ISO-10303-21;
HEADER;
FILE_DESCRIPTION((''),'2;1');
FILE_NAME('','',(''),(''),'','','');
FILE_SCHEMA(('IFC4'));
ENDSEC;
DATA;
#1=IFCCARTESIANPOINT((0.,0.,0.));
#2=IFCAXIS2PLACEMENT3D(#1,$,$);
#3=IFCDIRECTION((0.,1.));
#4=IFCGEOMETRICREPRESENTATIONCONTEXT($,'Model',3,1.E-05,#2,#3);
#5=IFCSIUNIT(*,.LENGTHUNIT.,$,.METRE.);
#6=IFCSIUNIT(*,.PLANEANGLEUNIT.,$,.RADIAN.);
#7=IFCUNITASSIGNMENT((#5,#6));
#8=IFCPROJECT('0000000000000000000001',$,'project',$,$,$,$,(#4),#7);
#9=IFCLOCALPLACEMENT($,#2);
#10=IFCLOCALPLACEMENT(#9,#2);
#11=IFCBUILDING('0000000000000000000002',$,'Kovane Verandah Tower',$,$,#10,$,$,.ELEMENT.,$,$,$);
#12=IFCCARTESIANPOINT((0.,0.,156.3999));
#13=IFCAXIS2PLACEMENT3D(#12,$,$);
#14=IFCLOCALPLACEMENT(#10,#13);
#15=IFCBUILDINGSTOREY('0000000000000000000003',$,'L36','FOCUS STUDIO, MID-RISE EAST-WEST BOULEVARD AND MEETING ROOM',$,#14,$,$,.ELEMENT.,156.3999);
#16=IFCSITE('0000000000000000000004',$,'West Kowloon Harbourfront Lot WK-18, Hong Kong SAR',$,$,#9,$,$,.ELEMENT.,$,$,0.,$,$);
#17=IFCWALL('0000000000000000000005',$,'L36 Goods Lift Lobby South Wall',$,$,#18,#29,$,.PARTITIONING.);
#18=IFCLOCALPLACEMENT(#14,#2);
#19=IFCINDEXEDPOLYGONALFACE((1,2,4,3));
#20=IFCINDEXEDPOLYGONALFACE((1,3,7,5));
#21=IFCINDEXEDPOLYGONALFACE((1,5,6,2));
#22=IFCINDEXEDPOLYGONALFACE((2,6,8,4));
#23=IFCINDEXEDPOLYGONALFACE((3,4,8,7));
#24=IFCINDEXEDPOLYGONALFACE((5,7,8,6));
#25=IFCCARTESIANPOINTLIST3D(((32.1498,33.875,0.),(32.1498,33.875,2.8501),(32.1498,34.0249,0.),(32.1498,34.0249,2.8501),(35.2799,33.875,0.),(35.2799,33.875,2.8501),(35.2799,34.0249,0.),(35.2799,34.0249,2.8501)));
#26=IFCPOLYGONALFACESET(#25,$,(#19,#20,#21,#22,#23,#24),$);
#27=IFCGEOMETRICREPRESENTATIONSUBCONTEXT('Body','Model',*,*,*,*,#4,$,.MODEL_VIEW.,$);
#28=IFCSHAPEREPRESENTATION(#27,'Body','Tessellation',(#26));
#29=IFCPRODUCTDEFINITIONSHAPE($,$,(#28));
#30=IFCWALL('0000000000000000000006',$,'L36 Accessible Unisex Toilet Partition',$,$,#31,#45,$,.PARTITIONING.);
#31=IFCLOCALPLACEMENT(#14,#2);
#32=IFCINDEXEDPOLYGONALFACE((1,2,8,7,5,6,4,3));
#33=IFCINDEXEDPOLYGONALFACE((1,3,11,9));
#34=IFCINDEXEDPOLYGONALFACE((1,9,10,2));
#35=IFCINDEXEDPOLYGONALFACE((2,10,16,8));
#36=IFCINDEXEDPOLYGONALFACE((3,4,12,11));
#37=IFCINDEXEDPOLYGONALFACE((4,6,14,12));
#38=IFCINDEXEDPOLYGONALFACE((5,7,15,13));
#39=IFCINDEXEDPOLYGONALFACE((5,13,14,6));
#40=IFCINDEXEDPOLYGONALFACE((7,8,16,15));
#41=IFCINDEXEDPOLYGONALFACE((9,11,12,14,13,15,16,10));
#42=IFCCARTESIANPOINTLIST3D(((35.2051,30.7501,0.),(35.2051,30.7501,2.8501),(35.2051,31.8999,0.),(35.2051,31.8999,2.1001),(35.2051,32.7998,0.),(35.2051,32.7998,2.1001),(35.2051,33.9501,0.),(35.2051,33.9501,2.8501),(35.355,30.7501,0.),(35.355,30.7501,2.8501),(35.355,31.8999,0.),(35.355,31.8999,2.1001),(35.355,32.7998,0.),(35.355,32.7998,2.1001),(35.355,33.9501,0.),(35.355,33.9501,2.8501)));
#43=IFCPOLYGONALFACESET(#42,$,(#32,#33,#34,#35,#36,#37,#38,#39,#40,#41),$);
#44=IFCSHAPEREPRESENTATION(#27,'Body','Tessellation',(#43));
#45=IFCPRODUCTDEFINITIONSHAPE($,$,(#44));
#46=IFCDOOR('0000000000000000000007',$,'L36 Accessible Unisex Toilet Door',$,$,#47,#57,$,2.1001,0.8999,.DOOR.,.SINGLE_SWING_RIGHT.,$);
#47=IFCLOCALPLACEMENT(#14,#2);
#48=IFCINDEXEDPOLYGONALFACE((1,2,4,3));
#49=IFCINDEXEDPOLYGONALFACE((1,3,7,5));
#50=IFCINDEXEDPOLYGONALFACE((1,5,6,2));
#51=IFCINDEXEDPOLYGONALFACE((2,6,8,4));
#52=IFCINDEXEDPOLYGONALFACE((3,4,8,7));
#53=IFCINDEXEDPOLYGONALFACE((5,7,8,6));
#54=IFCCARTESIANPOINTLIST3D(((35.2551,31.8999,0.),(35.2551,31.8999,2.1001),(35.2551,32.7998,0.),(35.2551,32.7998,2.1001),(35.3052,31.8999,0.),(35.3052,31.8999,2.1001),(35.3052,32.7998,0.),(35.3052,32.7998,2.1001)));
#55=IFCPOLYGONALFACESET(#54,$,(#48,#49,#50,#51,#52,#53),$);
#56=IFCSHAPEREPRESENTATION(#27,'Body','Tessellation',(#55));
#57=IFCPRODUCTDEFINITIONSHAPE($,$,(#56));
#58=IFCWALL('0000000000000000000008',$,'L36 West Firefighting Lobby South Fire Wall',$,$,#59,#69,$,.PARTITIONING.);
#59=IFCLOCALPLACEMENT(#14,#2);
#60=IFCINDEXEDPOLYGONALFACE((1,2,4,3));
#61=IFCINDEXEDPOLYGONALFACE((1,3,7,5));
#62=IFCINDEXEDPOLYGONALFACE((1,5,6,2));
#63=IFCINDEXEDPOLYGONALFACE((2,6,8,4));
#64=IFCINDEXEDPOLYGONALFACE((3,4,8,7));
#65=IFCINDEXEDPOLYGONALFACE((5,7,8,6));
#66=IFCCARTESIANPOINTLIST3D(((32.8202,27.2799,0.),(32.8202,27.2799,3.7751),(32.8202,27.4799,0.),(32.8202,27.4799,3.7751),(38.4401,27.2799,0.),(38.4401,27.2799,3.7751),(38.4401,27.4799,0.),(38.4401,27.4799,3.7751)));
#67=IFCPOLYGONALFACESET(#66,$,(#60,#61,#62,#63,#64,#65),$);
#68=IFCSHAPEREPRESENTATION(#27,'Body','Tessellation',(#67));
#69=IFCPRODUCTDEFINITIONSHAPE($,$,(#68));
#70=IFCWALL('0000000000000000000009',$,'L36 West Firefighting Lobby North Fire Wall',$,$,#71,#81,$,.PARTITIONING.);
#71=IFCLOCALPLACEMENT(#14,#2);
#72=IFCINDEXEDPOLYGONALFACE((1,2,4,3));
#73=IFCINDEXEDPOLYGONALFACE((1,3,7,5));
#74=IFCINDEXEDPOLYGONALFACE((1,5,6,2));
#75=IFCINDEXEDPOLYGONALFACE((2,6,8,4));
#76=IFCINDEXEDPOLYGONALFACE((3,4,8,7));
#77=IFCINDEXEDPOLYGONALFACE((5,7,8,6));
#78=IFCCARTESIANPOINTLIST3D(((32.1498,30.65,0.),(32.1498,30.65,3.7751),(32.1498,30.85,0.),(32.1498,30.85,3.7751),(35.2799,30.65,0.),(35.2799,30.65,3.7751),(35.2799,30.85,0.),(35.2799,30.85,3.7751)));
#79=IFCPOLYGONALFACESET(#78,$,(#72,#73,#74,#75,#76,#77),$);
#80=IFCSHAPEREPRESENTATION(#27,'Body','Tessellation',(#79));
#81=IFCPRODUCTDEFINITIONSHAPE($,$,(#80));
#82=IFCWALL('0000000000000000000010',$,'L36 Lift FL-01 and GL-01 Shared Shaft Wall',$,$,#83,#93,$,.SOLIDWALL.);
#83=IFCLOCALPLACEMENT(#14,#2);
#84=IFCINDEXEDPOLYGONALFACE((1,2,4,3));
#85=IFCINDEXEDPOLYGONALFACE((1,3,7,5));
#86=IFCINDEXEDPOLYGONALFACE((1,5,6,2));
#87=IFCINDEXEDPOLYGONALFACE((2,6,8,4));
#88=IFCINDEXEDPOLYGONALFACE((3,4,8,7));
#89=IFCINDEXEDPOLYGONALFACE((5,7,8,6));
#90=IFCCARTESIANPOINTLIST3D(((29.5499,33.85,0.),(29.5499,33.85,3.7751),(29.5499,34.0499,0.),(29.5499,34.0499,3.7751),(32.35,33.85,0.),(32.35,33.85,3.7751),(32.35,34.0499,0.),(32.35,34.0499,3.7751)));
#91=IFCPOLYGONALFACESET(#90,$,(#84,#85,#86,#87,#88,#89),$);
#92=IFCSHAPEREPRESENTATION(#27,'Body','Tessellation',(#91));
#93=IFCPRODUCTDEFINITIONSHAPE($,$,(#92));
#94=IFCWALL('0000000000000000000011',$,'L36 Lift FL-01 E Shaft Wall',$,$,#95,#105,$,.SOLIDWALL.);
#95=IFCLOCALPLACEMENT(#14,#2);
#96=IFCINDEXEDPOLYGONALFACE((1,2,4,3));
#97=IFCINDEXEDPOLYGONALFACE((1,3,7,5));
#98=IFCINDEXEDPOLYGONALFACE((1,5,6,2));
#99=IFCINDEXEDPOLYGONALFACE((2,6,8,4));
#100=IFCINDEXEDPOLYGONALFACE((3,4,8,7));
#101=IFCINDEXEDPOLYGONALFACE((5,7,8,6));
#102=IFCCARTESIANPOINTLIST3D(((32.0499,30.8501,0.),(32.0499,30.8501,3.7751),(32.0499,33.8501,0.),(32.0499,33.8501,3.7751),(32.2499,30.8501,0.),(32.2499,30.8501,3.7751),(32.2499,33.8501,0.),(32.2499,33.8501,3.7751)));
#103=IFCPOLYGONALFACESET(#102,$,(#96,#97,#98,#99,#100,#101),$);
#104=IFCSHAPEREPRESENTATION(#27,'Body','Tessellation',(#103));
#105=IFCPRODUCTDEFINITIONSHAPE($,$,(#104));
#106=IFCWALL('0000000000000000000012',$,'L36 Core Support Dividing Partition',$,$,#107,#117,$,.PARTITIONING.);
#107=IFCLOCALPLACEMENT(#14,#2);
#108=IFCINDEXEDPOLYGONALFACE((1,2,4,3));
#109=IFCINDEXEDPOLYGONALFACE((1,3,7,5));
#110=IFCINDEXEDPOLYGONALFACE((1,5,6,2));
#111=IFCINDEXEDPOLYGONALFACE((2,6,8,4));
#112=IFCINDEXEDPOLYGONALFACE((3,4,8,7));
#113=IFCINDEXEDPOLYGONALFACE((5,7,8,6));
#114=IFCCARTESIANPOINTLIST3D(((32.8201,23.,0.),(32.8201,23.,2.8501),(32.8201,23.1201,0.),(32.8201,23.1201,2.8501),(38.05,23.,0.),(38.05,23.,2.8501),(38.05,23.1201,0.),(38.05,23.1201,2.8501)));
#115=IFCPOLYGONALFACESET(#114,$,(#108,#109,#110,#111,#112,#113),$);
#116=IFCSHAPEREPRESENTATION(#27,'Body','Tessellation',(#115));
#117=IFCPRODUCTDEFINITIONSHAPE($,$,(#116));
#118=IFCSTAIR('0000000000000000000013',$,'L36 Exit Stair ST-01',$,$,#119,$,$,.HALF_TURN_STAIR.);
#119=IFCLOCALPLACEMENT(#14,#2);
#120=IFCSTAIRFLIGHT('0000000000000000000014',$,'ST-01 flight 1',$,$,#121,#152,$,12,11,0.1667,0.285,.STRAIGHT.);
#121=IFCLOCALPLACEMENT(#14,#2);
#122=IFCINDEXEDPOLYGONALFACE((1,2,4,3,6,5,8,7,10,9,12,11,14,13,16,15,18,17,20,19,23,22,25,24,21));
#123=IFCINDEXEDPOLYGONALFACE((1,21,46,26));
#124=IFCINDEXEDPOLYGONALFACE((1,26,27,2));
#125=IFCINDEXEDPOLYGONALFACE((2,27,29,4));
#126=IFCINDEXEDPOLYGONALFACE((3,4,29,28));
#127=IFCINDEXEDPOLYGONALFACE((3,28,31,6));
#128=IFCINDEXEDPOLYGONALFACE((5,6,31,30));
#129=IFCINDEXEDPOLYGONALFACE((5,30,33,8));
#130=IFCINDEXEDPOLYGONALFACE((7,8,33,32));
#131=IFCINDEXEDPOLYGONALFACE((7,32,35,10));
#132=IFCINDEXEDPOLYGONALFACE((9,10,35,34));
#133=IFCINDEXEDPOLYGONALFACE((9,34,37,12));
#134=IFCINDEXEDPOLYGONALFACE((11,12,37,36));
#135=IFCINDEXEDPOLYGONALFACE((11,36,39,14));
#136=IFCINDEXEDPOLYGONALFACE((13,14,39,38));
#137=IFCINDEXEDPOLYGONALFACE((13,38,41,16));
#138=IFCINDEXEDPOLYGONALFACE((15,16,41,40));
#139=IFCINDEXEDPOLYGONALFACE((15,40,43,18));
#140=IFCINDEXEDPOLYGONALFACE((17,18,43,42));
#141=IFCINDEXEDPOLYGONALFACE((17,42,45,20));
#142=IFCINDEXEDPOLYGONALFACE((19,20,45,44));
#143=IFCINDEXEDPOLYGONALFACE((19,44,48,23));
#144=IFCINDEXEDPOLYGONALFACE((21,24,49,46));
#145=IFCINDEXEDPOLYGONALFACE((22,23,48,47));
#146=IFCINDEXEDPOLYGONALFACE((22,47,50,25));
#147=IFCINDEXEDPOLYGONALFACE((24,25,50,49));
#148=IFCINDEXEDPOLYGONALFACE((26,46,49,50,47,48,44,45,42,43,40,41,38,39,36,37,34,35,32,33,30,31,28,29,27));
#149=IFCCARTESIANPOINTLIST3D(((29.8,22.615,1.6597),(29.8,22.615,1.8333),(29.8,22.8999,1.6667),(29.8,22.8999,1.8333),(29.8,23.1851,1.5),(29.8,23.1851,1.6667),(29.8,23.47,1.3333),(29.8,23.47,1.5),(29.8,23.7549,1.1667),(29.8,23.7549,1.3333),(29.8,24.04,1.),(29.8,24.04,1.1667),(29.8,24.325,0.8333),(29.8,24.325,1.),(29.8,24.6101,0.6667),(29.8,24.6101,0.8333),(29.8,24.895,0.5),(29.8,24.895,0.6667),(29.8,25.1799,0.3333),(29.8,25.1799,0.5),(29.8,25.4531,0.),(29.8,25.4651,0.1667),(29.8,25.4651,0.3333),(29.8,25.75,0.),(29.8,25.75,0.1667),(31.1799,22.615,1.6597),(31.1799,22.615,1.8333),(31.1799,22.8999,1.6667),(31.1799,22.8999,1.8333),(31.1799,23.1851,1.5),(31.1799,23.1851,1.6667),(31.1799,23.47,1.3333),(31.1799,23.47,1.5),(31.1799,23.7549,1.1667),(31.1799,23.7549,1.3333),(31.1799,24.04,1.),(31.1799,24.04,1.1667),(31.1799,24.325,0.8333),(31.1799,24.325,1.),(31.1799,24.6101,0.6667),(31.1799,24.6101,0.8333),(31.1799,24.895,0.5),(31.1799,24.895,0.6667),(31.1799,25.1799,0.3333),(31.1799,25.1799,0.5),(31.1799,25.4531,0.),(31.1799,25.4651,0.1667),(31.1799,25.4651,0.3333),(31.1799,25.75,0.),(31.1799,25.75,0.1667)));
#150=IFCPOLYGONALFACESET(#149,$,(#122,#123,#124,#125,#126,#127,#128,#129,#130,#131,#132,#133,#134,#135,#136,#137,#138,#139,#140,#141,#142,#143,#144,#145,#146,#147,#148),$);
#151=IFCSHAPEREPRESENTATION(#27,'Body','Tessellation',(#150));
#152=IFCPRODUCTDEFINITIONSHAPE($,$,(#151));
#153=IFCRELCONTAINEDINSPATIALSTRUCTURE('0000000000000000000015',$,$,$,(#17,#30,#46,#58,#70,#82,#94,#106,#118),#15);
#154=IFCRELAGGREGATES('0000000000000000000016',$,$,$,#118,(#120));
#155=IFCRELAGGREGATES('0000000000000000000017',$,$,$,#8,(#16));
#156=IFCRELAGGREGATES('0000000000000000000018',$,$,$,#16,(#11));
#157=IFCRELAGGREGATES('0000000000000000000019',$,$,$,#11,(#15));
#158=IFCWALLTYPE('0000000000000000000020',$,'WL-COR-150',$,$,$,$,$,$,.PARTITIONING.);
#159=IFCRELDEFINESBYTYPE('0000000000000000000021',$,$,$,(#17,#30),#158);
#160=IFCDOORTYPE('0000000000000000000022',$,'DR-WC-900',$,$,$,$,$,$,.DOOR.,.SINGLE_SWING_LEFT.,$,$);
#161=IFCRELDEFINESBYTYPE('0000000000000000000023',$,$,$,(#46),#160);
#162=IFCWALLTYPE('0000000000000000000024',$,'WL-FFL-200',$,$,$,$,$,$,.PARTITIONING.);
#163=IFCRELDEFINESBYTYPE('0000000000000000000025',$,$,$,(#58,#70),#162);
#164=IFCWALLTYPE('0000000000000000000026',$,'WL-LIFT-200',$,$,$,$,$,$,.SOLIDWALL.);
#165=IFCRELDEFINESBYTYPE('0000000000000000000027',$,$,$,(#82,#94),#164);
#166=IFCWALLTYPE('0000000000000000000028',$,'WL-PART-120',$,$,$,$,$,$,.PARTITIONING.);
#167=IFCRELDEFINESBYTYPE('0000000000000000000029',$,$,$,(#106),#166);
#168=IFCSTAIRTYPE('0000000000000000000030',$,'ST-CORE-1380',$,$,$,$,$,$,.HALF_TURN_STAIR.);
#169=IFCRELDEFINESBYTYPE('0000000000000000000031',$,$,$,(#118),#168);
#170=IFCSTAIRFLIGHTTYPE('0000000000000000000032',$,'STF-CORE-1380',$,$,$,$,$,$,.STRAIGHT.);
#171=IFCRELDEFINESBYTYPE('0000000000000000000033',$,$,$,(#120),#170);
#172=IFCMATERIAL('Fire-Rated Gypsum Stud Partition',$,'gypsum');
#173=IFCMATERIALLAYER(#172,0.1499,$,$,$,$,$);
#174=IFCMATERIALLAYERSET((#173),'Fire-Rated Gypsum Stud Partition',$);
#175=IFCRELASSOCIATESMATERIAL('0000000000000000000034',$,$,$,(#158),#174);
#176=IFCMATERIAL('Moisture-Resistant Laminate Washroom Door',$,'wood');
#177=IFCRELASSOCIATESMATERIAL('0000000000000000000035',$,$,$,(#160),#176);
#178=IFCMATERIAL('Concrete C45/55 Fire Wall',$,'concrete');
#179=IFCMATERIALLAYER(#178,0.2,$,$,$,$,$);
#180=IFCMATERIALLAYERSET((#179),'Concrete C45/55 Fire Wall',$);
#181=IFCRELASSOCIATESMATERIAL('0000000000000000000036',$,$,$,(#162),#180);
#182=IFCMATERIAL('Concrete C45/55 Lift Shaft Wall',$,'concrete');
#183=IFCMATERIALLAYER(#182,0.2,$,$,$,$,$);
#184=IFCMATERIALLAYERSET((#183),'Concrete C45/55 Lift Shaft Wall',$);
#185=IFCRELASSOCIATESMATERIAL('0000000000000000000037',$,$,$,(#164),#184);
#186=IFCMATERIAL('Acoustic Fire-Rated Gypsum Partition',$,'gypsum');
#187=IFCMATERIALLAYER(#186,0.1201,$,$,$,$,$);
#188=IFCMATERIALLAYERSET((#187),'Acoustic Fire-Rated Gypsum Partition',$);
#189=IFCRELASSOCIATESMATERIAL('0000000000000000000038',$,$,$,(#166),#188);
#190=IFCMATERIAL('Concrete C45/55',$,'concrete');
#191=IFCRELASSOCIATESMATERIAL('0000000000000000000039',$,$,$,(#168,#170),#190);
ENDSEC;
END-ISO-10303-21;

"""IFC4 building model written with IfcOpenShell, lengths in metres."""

from ifc_helpers import new_model, si_unit, direction, frame, frame_2d, origin, place, context, subcontext, project, spatial, polyline, rectangle, outline, extrude, material, layer, layer_set, type_object, element, fill, aggregate, save


model = new_model("IFC4")

# Units and contexts
model_context = context("Model", 3, precision=1e-05, world=origin(), true_north=direction((0.0, 1.0)))
body_context = subcontext(model_context, "Body", "Model", "MODEL_VIEW")
ifc_project = project(units=[si_unit("LENGTHUNIT", "METRE"), si_unit("PLANEANGLEUNIT", "RADIAN")], contexts=[model_context])

# Site, building, storey
site_placement = place(None, origin())
site = spatial("IfcSite", under=ifc_project, at=site_placement, Name="West Kowloon Harbourfront Lot WK-18, Hong Kong SAR", CompositionType="ELEMENT", RefElevation=0.0)
building_placement = place(site_placement, origin())
building = spatial("IfcBuilding", under=site, at=building_placement, Name="Kovane Verandah Tower", CompositionType="ELEMENT")
storey_placement = place(building_placement, frame((0.0, 0.0, 156.3999)))
storey = spatial("IfcBuildingStorey", under=building, at=storey_placement, Name="L36", Description="FOCUS STUDIO, MID-RISE EAST-WEST BOULEVARD AND MEETING ROOM", CompositionType="ELEMENT", Elevation=156.3999)

# Wall
ifc_material_1 = material(Name="Fire-Rated Gypsum Stud Partition", Category="gypsum")
ifc_layer_1 = layer(ifc_material_1, 0.1499)
ifc_layer_set_1 = layer_set([ifc_layer_1], Name="Fire-Rated Gypsum Stud Partition")
wall_type_1 = type_object("IfcWallType", Name="WL-COR-150", PredefinedType="PARTITIONING", material=ifc_layer_set_1)
wall_1_placement = place(storey_placement, frame((32.1499, 33.95, 0.0), z_axis=(0.0, 0.0, 1.0), x_axis=(1.0, 0.0, 0.0)))
element("IfcWall", 1, at=wall_1_placement, inside=storey, type_object=wall_type_1, Name="L36 Goods Lift Lobby South Wall", PredefinedType="PARTITIONING", context=body_context, shape_type="SweptSolid", body=[
    extrude(rectangle(XDim=3.1301, YDim=0.1499, at=frame_2d((1.5649, 0.0))), origin(), (0.0, 0.0, 1.0), 2.8501),
])

# Wall, opening, door
wall_2_placement = place(storey_placement, frame((35.28, 30.75, 0.0), z_axis=(0.0, 0.0, 1.0), x_axis=(0.0, 1.0, 0.0)))
wall_2 = element("IfcWall", 2, at=wall_2_placement, inside=storey, type_object=wall_type_1, Name="L36 Accessible Unisex Toilet Partition", PredefinedType="PARTITIONING", context=body_context, shape_type="SweptSolid", body=[
    extrude(rectangle(XDim=3.2, YDim=0.1499, at=frame_2d((1.6001, 0.0))), origin(), (0.0, 0.0, 1.0), 2.8501),
])
opening_1_placement = place(wall_2_placement, frame((1.1499, 0.0, 0.0)))
opening_1 = element("IfcOpeningElement", 3, at=opening_1_placement, cuts=wall_2, PredefinedType="OPENING", context=body_context, shape_type="SweptSolid", body=[
    extrude(rectangle(XDim=0.8999, YDim=2.1001, at=frame_2d((0.45, 1.05))), frame((0.0, 0.075, 0.0), z_axis=(0.0, -1.0, 0.0), x_axis=(1.0, 0.0, 0.0)), (0.0, 0.0, 1.0), 0.1499),
])
ifc_material_2 = material(Name="Moisture-Resistant Laminate Washroom Door", Category="wood")
door_type_1 = type_object("IfcDoorType", Name="DR-WC-900", OperationType="SINGLE_SWING_LEFT", PredefinedType="DOOR", material=ifc_material_2)
door_1_placement = place(opening_1_placement, origin())
door_1 = element("IfcDoor", 4, at=door_1_placement, inside=storey, type_object=door_type_1, Name="L36 Accessible Unisex Toilet Door", OperationType="SINGLE_SWING_RIGHT", OverallHeight=2.1001, OverallWidth=0.8999, PredefinedType="DOOR", context=body_context, shape_type="SweptSolid", body=[
    extrude(rectangle(XDim=0.8999, YDim=2.1001, at=frame_2d((0.45, 1.05))), frame((0.0, 0.0249, 0.0), z_axis=(0.0, -1.0, 0.0), x_axis=(1.0, 0.0, 0.0)), (0.0, 0.0, 1.0), 0.05),
])
fill(opening_1, door_1)
ifc_material_3 = material(Name="Concrete C45/55 Fire Wall", Category="concrete")
ifc_layer_2 = layer(ifc_material_3, 0.2)
ifc_layer_set_2 = layer_set([ifc_layer_2], Name="Concrete C45/55 Fire Wall")
wall_type_2 = type_object("IfcWallType", Name="WL-FFL-200", PredefinedType="PARTITIONING", material=ifc_layer_set_2)

# Walls
wall_3_placement = place(storey_placement, frame((32.8201, 27.3799, 0.0), z_axis=(0.0, 0.0, 1.0), x_axis=(1.0, 0.0, 0.0)))
element("IfcWall", 5, at=wall_3_placement, inside=storey, type_object=wall_type_2, Name="L36 West Firefighting Lobby South Fire Wall", PredefinedType="PARTITIONING", context=body_context, shape_type="SweptSolid", body=[
    extrude(rectangle(XDim=5.6199, YDim=0.2, at=frame_2d((2.8101, 0.0))), origin(), (0.0, 0.0, 1.0), 3.7751),
])
wall_4_placement = place(storey_placement, frame((32.1499, 30.75, 0.0), z_axis=(0.0, 0.0, 1.0), x_axis=(1.0, 0.0, 0.0)))
element("IfcWall", 6, at=wall_4_placement, inside=storey, type_object=wall_type_2, Name="L36 West Firefighting Lobby North Fire Wall", PredefinedType="PARTITIONING", context=body_context, shape_type="SweptSolid", body=[
    extrude(rectangle(XDim=3.1301, YDim=0.2, at=frame_2d((1.5649, 0.0))), origin(), (0.0, 0.0, 1.0), 3.7751),
])

# Shared definitions
ifc_material_4 = material(Name="Concrete C45/55 Lift Shaft Wall", Category="concrete")
ifc_layer_3 = layer(ifc_material_4, 0.2)
ifc_layer_set_3 = layer_set([ifc_layer_3], Name="Concrete C45/55 Lift Shaft Wall")
wall_type_3 = type_object("IfcWallType", Name="WL-LIFT-200", PredefinedType="SOLIDWALL", material=ifc_layer_set_3)

# Walls
wall_5_placement = place(storey_placement, frame((29.55, 33.95, 0.0), z_axis=(0.0, 0.0, 1.0), x_axis=(1.0, 0.0, 0.0)))
element("IfcWall", 7, at=wall_5_placement, inside=storey, type_object=wall_type_3, Name="L36 Lift FL-01 and GL-01 Shared Shaft Wall", PredefinedType="SOLIDWALL", context=body_context, shape_type="SweptSolid", body=[
    extrude(rectangle(XDim=2.8, YDim=0.2, at=frame_2d((1.3999, 0.0))), origin(), (0.0, 0.0, 1.0), 3.7751),
])
wall_6_placement = place(storey_placement, frame((32.1499, 30.8501, 0.0), z_axis=(0.0, 0.0, 1.0), x_axis=(0.0, 1.0, 0.0)))
element("IfcWall", 8, at=wall_6_placement, inside=storey, type_object=wall_type_3, Name="L36 Lift FL-01 E Shaft Wall", PredefinedType="SOLIDWALL", context=body_context, shape_type="SweptSolid", body=[
    extrude(rectangle(XDim=3.0, YDim=0.2, at=frame_2d((1.5, 0.0))), origin(), (0.0, 0.0, 1.0), 3.7751),
])

# Wall
ifc_material_5 = material(Name="Acoustic Fire-Rated Gypsum Partition", Category="gypsum")
ifc_layer_4 = layer(ifc_material_5, 0.1201)
ifc_layer_set_4 = layer_set([ifc_layer_4], Name="Acoustic Fire-Rated Gypsum Partition")
wall_type_4 = type_object("IfcWallType", Name="WL-PART-120", PredefinedType="PARTITIONING", material=ifc_layer_set_4)
wall_7_placement = place(storey_placement, frame((32.8201, 23.0601, 0.0), z_axis=(0.0, 0.0, 1.0), x_axis=(1.0, 0.0, 0.0)))
element("IfcWall", 9, at=wall_7_placement, inside=storey, type_object=wall_type_4, Name="L36 Core Support Dividing Partition", PredefinedType="PARTITIONING", context=body_context, shape_type="SweptSolid", body=[
    extrude(rectangle(XDim=5.23, YDim=0.1201, at=frame_2d((2.615, 0.0))), origin(), (0.0, 0.0, 1.0), 2.8501),
])

# Shared definitions
ifc_material_6 = material(Name="Concrete C45/55", Category="concrete")

# Stair, stair flight
stair_type = type_object("IfcStairType", Name="ST-CORE-1380", PredefinedType="HALF_TURN_STAIR", material=ifc_material_6)
stair_placement = place(storey_placement, origin())
stair = element("IfcStair", 10, at=stair_placement, inside=storey, type_object=stair_type, Name="L36 Exit Stair ST-01", PredefinedType="HALF_TURN_STAIR")
stair_flight_type = type_object("IfcStairFlightType", Name="STF-CORE-1380", PredefinedType="STRAIGHT", material=ifc_material_6)
stair_flight_1_placement = place(storey_placement, frame((30.49, 25.75, 0.0), z_axis=(0.0, 0.0, 1.0), x_axis=(0.0, -1.0, 0.0)))
stair_flight_1 = element("IfcStairFlight", 11, at=stair_flight_1_placement, type_object=stair_flight_type, Name="ST-01 flight 1", NumberOfRisers=12, NumberOfTreads=11, PredefinedType="STRAIGHT", RiserHeight=0.1667, TreadLength=0.285, context=body_context, shape_type="SweptSolid", body=[
    extrude(outline(polyline([(0.0, 0.0), (0.0, 0.1667), (0.2849, 0.1667), (0.2849, 0.3333), (0.5701, 0.3333), (0.5701, 0.5), (0.855, 0.5), (0.855, 0.6667), (1.1399, 0.6667), (1.1399, 0.8333), (1.425, 0.8333), (1.425, 1.0), (1.71, 1.0), (1.71, 1.1667), (1.9951, 1.1667), (1.9951, 1.3333), (2.28, 1.3333), (2.28, 1.5), (2.5649, 1.5), (2.5649, 1.6667), (2.8501, 1.6667), (2.8501, 1.8333), (3.135, 1.8333), (3.135, 2.0), (3.135, 1.6597), (0.2969, 0.0), (0.0, 0.0)])), frame((0.0, 0.6899, 0.0), z_axis=(0.0, -1.0, 0.0), x_axis=(1.0, 0.0, 0.0)), (0.0, 0.0, 1.0), 1.3799),
])
aggregate(stair, [stair_flight_1])

save(model, "model.ifc")
